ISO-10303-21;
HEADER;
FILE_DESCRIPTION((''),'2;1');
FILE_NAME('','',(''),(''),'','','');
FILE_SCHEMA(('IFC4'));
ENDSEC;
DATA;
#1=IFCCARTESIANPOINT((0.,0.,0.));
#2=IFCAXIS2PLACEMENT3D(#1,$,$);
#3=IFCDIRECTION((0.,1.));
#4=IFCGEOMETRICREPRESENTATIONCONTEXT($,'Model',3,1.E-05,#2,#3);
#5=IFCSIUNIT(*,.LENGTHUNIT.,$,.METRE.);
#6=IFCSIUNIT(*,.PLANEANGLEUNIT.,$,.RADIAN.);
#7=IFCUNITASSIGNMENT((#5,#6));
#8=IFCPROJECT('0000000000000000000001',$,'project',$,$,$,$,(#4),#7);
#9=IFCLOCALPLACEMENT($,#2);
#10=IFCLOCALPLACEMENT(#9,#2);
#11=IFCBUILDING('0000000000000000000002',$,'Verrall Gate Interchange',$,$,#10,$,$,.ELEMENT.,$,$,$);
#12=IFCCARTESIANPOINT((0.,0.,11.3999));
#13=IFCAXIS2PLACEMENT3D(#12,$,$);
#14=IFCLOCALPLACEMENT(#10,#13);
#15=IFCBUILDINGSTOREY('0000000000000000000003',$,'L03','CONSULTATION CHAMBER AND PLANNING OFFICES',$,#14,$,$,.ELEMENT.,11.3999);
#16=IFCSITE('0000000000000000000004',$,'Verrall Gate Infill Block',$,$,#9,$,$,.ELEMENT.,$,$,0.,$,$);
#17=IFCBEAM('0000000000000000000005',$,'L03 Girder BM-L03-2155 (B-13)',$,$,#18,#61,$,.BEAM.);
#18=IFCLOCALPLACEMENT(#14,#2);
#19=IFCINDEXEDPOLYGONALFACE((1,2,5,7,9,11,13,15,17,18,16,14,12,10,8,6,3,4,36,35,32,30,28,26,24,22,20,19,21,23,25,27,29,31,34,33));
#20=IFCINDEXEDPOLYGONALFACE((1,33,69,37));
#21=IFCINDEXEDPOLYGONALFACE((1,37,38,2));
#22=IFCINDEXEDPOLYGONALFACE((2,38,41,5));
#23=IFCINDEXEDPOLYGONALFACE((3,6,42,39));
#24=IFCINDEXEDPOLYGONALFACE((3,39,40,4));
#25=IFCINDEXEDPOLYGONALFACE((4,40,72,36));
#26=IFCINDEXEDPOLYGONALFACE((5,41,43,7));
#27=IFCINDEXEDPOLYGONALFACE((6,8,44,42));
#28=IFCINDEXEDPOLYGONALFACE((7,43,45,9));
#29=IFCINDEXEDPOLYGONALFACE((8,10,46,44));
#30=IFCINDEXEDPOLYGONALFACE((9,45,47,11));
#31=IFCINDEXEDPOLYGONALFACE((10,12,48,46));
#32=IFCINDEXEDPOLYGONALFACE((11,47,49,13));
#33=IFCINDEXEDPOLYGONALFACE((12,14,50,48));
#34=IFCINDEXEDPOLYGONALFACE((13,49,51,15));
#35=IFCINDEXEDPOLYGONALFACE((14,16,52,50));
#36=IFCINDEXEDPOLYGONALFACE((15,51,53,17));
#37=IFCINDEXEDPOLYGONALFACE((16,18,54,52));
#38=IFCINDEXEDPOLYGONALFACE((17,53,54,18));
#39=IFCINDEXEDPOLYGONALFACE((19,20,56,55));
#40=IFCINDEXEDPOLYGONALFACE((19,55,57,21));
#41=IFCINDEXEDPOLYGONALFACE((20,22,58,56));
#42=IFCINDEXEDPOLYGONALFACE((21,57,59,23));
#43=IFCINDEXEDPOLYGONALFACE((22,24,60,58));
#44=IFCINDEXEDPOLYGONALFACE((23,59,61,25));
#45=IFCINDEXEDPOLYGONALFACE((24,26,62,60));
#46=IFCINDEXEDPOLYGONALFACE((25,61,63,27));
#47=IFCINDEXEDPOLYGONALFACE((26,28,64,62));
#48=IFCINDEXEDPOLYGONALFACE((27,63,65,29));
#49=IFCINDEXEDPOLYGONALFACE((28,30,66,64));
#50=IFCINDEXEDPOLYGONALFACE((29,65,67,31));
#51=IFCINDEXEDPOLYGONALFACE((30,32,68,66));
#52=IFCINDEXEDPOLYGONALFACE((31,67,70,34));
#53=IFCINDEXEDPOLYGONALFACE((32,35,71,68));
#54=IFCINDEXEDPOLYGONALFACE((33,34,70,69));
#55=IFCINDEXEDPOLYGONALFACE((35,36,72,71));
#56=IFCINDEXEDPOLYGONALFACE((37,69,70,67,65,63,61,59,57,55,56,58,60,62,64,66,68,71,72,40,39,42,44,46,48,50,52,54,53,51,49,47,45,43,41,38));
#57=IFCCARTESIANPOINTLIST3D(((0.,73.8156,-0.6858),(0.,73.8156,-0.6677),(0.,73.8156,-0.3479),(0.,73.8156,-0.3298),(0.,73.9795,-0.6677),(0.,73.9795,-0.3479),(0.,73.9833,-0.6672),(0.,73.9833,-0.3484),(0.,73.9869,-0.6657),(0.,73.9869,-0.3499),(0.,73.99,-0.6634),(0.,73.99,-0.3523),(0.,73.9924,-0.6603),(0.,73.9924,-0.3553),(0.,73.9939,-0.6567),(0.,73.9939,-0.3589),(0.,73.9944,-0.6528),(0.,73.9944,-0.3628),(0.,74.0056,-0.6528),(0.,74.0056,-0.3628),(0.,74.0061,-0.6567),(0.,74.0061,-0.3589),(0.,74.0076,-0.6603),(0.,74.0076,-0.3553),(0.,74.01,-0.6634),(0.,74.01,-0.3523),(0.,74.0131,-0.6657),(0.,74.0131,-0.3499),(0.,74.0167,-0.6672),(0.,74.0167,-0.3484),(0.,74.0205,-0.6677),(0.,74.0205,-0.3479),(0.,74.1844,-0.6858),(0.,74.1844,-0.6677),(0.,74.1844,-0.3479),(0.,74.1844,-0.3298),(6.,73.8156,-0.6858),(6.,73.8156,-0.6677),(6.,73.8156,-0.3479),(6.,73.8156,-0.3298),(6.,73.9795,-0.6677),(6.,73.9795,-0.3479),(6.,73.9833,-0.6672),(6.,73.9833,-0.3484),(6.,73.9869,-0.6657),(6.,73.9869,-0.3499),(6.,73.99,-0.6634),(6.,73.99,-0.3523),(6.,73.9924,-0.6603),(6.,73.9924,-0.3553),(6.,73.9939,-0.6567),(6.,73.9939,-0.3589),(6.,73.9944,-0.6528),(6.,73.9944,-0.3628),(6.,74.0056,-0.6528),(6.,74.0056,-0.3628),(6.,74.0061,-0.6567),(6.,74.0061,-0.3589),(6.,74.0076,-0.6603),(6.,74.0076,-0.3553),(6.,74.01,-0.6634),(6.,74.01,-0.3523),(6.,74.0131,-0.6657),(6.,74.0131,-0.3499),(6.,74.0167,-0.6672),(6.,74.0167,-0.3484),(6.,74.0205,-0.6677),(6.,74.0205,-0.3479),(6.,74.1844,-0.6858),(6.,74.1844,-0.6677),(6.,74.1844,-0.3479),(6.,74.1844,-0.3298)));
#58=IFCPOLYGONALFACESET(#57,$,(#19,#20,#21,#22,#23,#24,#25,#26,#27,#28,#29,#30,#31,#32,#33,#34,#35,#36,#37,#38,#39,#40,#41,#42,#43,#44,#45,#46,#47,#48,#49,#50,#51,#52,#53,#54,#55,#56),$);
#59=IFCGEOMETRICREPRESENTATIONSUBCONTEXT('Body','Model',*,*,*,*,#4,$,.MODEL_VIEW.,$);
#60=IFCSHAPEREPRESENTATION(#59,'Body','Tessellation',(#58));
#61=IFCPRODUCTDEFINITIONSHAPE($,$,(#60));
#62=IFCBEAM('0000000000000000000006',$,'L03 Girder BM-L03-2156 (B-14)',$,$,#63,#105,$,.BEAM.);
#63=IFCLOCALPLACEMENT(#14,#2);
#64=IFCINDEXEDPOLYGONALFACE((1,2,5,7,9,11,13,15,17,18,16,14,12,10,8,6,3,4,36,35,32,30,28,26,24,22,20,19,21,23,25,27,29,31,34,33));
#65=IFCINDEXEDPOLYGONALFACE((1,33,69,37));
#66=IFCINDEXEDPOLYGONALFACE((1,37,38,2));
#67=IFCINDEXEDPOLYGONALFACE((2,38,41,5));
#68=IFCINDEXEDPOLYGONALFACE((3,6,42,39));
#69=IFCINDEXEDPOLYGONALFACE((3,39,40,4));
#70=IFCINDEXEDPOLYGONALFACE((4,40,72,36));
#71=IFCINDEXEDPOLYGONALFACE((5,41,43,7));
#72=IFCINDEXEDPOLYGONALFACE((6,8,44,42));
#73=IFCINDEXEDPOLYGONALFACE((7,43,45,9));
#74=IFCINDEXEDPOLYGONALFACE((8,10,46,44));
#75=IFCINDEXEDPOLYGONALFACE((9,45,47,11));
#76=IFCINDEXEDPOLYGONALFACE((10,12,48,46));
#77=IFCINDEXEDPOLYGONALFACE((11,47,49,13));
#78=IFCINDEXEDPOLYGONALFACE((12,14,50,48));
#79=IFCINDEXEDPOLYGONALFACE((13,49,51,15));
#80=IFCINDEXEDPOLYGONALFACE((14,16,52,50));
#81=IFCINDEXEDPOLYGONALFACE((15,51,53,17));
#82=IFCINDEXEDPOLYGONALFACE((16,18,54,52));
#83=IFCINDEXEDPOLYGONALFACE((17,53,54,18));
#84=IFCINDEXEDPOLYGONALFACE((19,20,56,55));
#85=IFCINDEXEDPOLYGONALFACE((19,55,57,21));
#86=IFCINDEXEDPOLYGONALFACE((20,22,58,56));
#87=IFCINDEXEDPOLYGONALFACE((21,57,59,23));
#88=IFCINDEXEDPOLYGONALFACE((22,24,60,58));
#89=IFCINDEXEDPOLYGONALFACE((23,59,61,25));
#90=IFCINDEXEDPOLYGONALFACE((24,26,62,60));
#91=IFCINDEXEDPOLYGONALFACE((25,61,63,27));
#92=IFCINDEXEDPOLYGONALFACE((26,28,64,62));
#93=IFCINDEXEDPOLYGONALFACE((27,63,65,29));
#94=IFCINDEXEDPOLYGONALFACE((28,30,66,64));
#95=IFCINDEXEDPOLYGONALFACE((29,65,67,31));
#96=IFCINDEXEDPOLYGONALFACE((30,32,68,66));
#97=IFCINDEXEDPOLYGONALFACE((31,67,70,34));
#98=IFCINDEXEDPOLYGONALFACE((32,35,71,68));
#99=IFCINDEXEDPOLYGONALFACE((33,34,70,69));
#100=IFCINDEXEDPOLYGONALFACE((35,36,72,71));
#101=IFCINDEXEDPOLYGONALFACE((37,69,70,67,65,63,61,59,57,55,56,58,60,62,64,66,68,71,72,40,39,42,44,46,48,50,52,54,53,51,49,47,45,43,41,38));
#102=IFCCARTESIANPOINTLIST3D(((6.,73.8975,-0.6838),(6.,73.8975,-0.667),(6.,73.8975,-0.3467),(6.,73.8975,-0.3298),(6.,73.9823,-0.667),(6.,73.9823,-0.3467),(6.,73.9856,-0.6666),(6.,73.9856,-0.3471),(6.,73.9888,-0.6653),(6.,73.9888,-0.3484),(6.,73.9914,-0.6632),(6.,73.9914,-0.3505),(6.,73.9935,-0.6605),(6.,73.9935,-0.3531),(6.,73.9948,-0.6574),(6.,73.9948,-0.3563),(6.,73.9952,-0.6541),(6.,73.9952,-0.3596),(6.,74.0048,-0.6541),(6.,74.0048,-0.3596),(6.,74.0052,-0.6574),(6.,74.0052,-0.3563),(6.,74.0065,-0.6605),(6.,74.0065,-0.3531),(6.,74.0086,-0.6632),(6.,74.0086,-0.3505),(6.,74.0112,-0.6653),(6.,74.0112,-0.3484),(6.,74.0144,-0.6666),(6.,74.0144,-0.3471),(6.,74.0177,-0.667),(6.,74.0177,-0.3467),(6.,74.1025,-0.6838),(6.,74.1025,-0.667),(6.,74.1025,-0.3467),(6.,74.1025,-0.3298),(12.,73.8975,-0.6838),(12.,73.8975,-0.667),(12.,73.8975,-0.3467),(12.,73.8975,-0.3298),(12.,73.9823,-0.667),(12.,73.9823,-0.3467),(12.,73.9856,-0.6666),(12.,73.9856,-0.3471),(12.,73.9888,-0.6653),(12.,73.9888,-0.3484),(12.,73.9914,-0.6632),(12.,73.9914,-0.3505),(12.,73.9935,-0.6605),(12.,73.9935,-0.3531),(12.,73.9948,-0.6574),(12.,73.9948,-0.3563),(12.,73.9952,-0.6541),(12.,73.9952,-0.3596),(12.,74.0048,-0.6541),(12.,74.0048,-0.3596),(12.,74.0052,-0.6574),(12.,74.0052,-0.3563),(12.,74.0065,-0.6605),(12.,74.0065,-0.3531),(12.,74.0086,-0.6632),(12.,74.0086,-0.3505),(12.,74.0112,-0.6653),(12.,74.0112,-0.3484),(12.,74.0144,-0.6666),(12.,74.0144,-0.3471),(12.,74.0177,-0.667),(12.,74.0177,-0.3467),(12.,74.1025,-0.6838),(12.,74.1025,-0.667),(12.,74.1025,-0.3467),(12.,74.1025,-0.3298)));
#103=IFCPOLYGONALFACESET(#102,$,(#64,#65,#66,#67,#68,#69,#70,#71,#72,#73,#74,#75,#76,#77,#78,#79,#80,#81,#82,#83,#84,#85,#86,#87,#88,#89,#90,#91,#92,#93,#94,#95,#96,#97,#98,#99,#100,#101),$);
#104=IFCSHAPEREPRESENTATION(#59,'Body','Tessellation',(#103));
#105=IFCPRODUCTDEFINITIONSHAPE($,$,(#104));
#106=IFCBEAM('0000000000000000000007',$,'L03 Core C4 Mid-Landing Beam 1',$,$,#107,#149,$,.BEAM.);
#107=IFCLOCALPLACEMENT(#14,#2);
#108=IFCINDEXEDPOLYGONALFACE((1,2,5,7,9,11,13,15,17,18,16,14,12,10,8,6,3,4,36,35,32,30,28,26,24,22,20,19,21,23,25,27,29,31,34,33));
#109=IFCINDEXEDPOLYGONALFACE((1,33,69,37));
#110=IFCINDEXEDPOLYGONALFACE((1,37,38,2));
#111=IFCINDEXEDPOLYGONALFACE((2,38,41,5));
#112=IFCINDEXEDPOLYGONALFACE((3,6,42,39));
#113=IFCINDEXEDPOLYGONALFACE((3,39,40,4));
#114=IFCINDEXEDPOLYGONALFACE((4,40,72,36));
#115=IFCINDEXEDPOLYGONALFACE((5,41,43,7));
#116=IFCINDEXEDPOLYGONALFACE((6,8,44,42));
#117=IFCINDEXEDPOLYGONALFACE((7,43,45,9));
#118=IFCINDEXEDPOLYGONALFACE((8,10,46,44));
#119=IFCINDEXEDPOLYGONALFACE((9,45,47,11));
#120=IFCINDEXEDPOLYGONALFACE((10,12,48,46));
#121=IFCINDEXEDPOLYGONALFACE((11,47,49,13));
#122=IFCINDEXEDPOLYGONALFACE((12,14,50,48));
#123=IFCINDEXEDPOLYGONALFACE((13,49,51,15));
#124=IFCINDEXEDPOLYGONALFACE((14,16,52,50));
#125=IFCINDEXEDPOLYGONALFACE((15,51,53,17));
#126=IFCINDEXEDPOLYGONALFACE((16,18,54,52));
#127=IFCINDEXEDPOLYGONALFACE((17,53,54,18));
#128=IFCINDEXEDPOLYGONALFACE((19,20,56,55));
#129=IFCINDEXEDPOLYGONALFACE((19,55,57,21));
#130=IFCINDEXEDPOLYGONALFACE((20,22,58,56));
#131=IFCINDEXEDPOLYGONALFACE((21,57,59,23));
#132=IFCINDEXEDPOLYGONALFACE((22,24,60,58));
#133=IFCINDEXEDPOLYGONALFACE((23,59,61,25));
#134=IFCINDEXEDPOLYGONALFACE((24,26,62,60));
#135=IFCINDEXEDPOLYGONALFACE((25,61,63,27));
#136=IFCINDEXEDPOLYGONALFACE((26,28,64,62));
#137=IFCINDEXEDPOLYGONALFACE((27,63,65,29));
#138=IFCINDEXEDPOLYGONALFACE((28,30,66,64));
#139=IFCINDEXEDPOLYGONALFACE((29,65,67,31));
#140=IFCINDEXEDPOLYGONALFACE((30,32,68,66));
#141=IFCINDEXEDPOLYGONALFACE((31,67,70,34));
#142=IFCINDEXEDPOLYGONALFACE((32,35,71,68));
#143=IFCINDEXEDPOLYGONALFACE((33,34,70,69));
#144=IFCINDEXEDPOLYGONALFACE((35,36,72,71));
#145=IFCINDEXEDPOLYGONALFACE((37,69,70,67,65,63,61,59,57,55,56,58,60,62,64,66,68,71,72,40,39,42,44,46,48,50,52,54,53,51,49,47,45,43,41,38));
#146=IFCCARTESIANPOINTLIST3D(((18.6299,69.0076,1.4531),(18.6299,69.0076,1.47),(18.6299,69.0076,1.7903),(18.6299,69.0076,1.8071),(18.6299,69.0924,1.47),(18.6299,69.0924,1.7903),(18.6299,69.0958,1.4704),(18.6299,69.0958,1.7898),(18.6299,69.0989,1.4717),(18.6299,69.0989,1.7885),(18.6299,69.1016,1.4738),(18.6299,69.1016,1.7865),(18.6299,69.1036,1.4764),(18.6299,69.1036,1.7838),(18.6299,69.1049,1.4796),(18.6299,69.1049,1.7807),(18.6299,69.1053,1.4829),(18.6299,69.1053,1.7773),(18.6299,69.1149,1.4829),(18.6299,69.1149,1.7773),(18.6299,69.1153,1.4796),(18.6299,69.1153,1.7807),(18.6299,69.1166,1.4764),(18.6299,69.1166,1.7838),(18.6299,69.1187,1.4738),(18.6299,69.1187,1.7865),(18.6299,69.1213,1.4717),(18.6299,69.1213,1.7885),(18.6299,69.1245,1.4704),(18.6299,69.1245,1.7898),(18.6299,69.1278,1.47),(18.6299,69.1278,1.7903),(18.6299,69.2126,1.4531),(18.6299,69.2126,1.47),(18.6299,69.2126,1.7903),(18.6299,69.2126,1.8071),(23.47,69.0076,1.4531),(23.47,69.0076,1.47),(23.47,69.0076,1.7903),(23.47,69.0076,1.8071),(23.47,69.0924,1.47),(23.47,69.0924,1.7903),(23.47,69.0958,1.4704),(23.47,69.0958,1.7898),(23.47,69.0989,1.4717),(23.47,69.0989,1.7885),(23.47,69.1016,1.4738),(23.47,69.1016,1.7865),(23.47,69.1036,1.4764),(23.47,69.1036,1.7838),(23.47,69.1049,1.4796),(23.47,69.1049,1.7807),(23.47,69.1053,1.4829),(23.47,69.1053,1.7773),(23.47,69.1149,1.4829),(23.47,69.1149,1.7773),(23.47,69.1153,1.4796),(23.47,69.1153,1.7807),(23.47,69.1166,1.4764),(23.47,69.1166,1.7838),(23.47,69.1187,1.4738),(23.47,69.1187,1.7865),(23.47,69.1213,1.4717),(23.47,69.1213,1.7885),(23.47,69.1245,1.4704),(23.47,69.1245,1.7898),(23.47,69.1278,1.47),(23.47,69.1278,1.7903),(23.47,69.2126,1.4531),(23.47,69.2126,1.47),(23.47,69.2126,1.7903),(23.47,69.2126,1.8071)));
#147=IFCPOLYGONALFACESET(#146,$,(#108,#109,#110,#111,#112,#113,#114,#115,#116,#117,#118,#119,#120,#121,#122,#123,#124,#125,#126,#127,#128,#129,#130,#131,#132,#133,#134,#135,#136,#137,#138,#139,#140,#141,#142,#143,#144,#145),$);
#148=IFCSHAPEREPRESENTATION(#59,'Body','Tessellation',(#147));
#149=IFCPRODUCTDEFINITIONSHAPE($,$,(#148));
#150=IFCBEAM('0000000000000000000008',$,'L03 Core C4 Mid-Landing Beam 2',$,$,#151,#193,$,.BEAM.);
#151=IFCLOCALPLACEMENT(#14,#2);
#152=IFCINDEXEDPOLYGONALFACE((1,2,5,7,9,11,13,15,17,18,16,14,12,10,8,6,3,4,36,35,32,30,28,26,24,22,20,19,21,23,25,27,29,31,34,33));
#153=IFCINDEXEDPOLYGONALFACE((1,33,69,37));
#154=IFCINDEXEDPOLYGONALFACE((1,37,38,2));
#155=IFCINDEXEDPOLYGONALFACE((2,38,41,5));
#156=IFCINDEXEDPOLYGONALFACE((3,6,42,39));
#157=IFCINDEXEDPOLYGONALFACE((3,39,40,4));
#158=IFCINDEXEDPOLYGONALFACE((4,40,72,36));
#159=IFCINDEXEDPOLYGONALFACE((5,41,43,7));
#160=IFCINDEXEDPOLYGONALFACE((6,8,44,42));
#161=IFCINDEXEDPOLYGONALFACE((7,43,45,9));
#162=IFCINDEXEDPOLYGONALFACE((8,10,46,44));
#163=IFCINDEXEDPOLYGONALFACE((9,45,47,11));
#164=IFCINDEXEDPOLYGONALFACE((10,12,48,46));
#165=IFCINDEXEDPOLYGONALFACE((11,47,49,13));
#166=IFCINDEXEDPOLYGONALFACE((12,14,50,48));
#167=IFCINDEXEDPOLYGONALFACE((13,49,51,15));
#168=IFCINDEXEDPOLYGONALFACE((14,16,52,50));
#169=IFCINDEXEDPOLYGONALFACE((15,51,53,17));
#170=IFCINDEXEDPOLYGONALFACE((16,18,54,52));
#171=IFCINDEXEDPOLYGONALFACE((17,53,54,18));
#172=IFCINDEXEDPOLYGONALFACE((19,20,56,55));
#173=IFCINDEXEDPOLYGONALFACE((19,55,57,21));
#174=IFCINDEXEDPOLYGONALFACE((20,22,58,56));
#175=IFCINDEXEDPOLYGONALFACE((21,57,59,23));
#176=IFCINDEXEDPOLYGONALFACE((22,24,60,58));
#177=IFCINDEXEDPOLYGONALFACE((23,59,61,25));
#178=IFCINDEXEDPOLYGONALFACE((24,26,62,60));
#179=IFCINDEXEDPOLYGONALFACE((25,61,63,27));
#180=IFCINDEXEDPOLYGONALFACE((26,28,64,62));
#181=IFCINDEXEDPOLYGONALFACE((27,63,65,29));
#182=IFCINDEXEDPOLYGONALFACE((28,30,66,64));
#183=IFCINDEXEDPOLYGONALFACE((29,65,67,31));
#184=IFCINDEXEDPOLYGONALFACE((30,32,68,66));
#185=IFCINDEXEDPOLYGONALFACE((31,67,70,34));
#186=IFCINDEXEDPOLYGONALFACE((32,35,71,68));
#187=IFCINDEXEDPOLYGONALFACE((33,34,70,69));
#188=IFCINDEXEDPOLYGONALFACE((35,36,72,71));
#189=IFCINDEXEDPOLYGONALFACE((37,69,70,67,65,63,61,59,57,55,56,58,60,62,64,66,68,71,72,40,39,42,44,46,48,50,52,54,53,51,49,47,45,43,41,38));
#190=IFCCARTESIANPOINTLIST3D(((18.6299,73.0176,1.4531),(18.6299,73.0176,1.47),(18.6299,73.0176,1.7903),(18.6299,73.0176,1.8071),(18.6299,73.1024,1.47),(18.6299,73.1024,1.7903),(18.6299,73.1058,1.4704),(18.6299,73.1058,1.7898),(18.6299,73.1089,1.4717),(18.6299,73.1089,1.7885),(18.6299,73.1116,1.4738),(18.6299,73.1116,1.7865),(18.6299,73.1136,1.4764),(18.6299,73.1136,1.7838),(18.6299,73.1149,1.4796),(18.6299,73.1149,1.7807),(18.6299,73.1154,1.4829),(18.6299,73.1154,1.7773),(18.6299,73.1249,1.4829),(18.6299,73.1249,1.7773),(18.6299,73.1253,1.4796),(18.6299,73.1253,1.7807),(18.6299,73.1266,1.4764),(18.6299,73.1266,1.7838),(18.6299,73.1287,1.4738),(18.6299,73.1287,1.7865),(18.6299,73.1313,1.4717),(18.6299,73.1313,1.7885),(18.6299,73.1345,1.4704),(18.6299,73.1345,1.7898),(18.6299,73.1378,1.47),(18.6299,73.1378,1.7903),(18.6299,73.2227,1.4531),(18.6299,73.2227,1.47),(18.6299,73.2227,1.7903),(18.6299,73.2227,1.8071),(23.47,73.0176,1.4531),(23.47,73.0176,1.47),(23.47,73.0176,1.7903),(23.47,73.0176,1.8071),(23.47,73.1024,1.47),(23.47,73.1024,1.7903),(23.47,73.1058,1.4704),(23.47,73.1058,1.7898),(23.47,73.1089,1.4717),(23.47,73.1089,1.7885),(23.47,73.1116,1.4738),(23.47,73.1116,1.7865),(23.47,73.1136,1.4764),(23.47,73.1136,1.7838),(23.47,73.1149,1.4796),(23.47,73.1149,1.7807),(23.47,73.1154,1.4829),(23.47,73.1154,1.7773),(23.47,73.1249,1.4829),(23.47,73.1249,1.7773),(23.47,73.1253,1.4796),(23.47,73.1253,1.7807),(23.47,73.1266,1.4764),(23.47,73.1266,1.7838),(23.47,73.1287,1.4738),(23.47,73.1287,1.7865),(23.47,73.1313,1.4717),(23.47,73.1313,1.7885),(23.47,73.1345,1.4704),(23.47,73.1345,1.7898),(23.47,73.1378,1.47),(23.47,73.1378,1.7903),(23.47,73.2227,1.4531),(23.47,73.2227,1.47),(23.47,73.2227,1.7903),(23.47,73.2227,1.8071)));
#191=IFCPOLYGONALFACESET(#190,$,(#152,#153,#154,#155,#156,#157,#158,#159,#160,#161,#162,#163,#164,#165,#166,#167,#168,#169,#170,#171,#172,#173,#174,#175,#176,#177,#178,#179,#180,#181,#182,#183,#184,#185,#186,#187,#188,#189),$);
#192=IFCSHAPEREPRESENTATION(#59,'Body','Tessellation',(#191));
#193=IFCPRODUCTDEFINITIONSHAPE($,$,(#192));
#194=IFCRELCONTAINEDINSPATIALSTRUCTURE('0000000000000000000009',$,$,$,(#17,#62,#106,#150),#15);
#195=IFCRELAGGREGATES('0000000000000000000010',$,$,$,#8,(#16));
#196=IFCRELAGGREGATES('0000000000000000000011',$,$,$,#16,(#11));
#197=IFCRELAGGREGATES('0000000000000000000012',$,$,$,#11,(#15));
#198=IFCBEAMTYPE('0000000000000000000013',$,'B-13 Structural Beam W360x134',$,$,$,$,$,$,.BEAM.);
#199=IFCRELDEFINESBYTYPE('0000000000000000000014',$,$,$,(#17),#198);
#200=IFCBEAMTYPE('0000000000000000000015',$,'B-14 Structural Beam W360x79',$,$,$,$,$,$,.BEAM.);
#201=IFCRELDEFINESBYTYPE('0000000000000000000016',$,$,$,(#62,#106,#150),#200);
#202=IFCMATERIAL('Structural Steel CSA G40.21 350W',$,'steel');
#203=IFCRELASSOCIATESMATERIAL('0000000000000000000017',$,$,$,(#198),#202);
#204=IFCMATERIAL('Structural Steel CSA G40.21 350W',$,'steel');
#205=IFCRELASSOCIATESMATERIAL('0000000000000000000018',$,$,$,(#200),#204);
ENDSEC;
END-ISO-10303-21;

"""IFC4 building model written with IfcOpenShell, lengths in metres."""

from ifc_helpers import new_model, si_unit, direction, frame, origin, origin_2d, place, context, subcontext, project, spatial, i_section, extrude, material, material_profile, profile_set, type_object, element, save


model = new_model("IFC4")

# Units and contexts
model_context = context("Model", 3, precision=1e-05, world=origin(), true_north=direction((0.0, 1.0)))
body_context = subcontext(model_context, "Body", "Model", "MODEL_VIEW")
ifc_project = project(units=[si_unit("LENGTHUNIT", "METRE"), si_unit("PLANEANGLEUNIT", "RADIAN")], contexts=[model_context])

# Site, building, storey
site_placement = place(None, origin())
site = spatial("IfcSite", under=ifc_project, at=site_placement, Name="Verrall Gate Infill Block", CompositionType="ELEMENT", RefElevation=0.0)
building_placement = place(site_placement, origin())
building = spatial("IfcBuilding", under=site, at=building_placement, Name="Verrall Gate Interchange", CompositionType="ELEMENT")
storey_placement = place(building_placement, frame((0.0, 0.0, 11.3999)))
storey = spatial("IfcBuildingStorey", under=building, at=storey_placement, Name="L03", Description="CONSULTATION CHAMBER AND PLANNING OFFICES", CompositionType="ELEMENT", Elevation=11.3999)

# Beams
ifc_material_1 = material(Name="Structural Steel CSA G40.21 350W", Category="steel")
ifc_material_profile_1 = material_profile(ifc_material_1, i_section(OverallWidth=0.3689, OverallDepth=0.356, WebThickness=0.0112, FlangeThickness=0.0181, FilletRadius=0.0149, at=origin_2d()), Name="W360x134")
ifc_profile_set_1 = profile_set([ifc_material_profile_1], Name="Structural Steel CSA G40.21 350W")
beam_type_1 = type_object("IfcBeamType", Name="B-13 Structural Beam W360x134", PredefinedType="BEAM", material=ifc_profile_set_1)
beam_1_placement = place(storey_placement, frame((0.0, 74.0, -0.5078), z_axis=(1.0, 0.0, 0.0), x_axis=(0.0, 1.0, 0.0)))
element("IfcBeam", 1, at=beam_1_placement, inside=storey, type_object=beam_type_1, Name="L03 Girder BM-L03-2155 (B-13)", PredefinedType="BEAM", context=body_context, shape_type="SweptSolid", body=[
    extrude(i_section(OverallWidth=0.3689, OverallDepth=0.356, WebThickness=0.0112, FlangeThickness=0.0181, FilletRadius=0.0149, at=origin_2d()), origin(), (0.0, 0.0, 1.0), 6.0),
])
ifc_material_2 = material(Name="Structural Steel CSA G40.21 350W", Category="steel")
ifc_material_profile_2 = material_profile(ifc_material_2, i_section(OverallWidth=0.2051, OverallDepth=0.354, WebThickness=0.0095, FlangeThickness=0.0168, FilletRadius=0.0129, at=origin_2d()), Name="W360x79")
ifc_profile_set_2 = profile_set([ifc_material_profile_2], Name="Structural Steel CSA G40.21 350W")
beam_type_2 = type_object("IfcBeamType", Name="B-14 Structural Beam W360x79", PredefinedType="BEAM", material=ifc_profile_set_2)
beam_2_placement = place(storey_placement, frame((6.0, 74.0, -0.5068), z_axis=(1.0, 0.0, 0.0), x_axis=(0.0, 1.0, 0.0)))
element("IfcBeam", 2, at=beam_2_placement, inside=storey, type_object=beam_type_2, Name="L03 Girder BM-L03-2156 (B-14)", PredefinedType="BEAM", context=body_context, shape_type="SweptSolid", body=[
    extrude(i_section(OverallWidth=0.2051, OverallDepth=0.354, WebThickness=0.0095, FlangeThickness=0.0168, FilletRadius=0.0129, at=origin_2d()), origin(), (0.0, 0.0, 1.0), 6.0),
])
for number, where, z_axis, x_axis, name in (
    (3, (18.6299, 69.1101, 1.6301), (1.0, 0.0, 0.0), (0.0, 1.0, 0.0), "L03 Core C4 Mid-Landing Beam 1"),
    (4, (18.6299, 73.1201, 1.6301), (1.0, 0.0, 0.0), (0.0, 1.0, 0.0), "L03 Core C4 Mid-Landing Beam 2"),
):
    element("IfcBeam", number, at=place(storey_placement, frame(where, z_axis=z_axis, x_axis=x_axis)), inside=storey, type_object=beam_type_2, Name=name, PredefinedType="BEAM", context=body_context, shape_type="SweptSolid", body=[
        extrude(i_section(OverallWidth=0.2051, OverallDepth=0.354, WebThickness=0.0095, FlangeThickness=0.0168, FilletRadius=0.0129, at=origin_2d()), origin(), (0.0, 0.0, 1.0), 4.8401),
    ])

save(model, "model.ifc")
